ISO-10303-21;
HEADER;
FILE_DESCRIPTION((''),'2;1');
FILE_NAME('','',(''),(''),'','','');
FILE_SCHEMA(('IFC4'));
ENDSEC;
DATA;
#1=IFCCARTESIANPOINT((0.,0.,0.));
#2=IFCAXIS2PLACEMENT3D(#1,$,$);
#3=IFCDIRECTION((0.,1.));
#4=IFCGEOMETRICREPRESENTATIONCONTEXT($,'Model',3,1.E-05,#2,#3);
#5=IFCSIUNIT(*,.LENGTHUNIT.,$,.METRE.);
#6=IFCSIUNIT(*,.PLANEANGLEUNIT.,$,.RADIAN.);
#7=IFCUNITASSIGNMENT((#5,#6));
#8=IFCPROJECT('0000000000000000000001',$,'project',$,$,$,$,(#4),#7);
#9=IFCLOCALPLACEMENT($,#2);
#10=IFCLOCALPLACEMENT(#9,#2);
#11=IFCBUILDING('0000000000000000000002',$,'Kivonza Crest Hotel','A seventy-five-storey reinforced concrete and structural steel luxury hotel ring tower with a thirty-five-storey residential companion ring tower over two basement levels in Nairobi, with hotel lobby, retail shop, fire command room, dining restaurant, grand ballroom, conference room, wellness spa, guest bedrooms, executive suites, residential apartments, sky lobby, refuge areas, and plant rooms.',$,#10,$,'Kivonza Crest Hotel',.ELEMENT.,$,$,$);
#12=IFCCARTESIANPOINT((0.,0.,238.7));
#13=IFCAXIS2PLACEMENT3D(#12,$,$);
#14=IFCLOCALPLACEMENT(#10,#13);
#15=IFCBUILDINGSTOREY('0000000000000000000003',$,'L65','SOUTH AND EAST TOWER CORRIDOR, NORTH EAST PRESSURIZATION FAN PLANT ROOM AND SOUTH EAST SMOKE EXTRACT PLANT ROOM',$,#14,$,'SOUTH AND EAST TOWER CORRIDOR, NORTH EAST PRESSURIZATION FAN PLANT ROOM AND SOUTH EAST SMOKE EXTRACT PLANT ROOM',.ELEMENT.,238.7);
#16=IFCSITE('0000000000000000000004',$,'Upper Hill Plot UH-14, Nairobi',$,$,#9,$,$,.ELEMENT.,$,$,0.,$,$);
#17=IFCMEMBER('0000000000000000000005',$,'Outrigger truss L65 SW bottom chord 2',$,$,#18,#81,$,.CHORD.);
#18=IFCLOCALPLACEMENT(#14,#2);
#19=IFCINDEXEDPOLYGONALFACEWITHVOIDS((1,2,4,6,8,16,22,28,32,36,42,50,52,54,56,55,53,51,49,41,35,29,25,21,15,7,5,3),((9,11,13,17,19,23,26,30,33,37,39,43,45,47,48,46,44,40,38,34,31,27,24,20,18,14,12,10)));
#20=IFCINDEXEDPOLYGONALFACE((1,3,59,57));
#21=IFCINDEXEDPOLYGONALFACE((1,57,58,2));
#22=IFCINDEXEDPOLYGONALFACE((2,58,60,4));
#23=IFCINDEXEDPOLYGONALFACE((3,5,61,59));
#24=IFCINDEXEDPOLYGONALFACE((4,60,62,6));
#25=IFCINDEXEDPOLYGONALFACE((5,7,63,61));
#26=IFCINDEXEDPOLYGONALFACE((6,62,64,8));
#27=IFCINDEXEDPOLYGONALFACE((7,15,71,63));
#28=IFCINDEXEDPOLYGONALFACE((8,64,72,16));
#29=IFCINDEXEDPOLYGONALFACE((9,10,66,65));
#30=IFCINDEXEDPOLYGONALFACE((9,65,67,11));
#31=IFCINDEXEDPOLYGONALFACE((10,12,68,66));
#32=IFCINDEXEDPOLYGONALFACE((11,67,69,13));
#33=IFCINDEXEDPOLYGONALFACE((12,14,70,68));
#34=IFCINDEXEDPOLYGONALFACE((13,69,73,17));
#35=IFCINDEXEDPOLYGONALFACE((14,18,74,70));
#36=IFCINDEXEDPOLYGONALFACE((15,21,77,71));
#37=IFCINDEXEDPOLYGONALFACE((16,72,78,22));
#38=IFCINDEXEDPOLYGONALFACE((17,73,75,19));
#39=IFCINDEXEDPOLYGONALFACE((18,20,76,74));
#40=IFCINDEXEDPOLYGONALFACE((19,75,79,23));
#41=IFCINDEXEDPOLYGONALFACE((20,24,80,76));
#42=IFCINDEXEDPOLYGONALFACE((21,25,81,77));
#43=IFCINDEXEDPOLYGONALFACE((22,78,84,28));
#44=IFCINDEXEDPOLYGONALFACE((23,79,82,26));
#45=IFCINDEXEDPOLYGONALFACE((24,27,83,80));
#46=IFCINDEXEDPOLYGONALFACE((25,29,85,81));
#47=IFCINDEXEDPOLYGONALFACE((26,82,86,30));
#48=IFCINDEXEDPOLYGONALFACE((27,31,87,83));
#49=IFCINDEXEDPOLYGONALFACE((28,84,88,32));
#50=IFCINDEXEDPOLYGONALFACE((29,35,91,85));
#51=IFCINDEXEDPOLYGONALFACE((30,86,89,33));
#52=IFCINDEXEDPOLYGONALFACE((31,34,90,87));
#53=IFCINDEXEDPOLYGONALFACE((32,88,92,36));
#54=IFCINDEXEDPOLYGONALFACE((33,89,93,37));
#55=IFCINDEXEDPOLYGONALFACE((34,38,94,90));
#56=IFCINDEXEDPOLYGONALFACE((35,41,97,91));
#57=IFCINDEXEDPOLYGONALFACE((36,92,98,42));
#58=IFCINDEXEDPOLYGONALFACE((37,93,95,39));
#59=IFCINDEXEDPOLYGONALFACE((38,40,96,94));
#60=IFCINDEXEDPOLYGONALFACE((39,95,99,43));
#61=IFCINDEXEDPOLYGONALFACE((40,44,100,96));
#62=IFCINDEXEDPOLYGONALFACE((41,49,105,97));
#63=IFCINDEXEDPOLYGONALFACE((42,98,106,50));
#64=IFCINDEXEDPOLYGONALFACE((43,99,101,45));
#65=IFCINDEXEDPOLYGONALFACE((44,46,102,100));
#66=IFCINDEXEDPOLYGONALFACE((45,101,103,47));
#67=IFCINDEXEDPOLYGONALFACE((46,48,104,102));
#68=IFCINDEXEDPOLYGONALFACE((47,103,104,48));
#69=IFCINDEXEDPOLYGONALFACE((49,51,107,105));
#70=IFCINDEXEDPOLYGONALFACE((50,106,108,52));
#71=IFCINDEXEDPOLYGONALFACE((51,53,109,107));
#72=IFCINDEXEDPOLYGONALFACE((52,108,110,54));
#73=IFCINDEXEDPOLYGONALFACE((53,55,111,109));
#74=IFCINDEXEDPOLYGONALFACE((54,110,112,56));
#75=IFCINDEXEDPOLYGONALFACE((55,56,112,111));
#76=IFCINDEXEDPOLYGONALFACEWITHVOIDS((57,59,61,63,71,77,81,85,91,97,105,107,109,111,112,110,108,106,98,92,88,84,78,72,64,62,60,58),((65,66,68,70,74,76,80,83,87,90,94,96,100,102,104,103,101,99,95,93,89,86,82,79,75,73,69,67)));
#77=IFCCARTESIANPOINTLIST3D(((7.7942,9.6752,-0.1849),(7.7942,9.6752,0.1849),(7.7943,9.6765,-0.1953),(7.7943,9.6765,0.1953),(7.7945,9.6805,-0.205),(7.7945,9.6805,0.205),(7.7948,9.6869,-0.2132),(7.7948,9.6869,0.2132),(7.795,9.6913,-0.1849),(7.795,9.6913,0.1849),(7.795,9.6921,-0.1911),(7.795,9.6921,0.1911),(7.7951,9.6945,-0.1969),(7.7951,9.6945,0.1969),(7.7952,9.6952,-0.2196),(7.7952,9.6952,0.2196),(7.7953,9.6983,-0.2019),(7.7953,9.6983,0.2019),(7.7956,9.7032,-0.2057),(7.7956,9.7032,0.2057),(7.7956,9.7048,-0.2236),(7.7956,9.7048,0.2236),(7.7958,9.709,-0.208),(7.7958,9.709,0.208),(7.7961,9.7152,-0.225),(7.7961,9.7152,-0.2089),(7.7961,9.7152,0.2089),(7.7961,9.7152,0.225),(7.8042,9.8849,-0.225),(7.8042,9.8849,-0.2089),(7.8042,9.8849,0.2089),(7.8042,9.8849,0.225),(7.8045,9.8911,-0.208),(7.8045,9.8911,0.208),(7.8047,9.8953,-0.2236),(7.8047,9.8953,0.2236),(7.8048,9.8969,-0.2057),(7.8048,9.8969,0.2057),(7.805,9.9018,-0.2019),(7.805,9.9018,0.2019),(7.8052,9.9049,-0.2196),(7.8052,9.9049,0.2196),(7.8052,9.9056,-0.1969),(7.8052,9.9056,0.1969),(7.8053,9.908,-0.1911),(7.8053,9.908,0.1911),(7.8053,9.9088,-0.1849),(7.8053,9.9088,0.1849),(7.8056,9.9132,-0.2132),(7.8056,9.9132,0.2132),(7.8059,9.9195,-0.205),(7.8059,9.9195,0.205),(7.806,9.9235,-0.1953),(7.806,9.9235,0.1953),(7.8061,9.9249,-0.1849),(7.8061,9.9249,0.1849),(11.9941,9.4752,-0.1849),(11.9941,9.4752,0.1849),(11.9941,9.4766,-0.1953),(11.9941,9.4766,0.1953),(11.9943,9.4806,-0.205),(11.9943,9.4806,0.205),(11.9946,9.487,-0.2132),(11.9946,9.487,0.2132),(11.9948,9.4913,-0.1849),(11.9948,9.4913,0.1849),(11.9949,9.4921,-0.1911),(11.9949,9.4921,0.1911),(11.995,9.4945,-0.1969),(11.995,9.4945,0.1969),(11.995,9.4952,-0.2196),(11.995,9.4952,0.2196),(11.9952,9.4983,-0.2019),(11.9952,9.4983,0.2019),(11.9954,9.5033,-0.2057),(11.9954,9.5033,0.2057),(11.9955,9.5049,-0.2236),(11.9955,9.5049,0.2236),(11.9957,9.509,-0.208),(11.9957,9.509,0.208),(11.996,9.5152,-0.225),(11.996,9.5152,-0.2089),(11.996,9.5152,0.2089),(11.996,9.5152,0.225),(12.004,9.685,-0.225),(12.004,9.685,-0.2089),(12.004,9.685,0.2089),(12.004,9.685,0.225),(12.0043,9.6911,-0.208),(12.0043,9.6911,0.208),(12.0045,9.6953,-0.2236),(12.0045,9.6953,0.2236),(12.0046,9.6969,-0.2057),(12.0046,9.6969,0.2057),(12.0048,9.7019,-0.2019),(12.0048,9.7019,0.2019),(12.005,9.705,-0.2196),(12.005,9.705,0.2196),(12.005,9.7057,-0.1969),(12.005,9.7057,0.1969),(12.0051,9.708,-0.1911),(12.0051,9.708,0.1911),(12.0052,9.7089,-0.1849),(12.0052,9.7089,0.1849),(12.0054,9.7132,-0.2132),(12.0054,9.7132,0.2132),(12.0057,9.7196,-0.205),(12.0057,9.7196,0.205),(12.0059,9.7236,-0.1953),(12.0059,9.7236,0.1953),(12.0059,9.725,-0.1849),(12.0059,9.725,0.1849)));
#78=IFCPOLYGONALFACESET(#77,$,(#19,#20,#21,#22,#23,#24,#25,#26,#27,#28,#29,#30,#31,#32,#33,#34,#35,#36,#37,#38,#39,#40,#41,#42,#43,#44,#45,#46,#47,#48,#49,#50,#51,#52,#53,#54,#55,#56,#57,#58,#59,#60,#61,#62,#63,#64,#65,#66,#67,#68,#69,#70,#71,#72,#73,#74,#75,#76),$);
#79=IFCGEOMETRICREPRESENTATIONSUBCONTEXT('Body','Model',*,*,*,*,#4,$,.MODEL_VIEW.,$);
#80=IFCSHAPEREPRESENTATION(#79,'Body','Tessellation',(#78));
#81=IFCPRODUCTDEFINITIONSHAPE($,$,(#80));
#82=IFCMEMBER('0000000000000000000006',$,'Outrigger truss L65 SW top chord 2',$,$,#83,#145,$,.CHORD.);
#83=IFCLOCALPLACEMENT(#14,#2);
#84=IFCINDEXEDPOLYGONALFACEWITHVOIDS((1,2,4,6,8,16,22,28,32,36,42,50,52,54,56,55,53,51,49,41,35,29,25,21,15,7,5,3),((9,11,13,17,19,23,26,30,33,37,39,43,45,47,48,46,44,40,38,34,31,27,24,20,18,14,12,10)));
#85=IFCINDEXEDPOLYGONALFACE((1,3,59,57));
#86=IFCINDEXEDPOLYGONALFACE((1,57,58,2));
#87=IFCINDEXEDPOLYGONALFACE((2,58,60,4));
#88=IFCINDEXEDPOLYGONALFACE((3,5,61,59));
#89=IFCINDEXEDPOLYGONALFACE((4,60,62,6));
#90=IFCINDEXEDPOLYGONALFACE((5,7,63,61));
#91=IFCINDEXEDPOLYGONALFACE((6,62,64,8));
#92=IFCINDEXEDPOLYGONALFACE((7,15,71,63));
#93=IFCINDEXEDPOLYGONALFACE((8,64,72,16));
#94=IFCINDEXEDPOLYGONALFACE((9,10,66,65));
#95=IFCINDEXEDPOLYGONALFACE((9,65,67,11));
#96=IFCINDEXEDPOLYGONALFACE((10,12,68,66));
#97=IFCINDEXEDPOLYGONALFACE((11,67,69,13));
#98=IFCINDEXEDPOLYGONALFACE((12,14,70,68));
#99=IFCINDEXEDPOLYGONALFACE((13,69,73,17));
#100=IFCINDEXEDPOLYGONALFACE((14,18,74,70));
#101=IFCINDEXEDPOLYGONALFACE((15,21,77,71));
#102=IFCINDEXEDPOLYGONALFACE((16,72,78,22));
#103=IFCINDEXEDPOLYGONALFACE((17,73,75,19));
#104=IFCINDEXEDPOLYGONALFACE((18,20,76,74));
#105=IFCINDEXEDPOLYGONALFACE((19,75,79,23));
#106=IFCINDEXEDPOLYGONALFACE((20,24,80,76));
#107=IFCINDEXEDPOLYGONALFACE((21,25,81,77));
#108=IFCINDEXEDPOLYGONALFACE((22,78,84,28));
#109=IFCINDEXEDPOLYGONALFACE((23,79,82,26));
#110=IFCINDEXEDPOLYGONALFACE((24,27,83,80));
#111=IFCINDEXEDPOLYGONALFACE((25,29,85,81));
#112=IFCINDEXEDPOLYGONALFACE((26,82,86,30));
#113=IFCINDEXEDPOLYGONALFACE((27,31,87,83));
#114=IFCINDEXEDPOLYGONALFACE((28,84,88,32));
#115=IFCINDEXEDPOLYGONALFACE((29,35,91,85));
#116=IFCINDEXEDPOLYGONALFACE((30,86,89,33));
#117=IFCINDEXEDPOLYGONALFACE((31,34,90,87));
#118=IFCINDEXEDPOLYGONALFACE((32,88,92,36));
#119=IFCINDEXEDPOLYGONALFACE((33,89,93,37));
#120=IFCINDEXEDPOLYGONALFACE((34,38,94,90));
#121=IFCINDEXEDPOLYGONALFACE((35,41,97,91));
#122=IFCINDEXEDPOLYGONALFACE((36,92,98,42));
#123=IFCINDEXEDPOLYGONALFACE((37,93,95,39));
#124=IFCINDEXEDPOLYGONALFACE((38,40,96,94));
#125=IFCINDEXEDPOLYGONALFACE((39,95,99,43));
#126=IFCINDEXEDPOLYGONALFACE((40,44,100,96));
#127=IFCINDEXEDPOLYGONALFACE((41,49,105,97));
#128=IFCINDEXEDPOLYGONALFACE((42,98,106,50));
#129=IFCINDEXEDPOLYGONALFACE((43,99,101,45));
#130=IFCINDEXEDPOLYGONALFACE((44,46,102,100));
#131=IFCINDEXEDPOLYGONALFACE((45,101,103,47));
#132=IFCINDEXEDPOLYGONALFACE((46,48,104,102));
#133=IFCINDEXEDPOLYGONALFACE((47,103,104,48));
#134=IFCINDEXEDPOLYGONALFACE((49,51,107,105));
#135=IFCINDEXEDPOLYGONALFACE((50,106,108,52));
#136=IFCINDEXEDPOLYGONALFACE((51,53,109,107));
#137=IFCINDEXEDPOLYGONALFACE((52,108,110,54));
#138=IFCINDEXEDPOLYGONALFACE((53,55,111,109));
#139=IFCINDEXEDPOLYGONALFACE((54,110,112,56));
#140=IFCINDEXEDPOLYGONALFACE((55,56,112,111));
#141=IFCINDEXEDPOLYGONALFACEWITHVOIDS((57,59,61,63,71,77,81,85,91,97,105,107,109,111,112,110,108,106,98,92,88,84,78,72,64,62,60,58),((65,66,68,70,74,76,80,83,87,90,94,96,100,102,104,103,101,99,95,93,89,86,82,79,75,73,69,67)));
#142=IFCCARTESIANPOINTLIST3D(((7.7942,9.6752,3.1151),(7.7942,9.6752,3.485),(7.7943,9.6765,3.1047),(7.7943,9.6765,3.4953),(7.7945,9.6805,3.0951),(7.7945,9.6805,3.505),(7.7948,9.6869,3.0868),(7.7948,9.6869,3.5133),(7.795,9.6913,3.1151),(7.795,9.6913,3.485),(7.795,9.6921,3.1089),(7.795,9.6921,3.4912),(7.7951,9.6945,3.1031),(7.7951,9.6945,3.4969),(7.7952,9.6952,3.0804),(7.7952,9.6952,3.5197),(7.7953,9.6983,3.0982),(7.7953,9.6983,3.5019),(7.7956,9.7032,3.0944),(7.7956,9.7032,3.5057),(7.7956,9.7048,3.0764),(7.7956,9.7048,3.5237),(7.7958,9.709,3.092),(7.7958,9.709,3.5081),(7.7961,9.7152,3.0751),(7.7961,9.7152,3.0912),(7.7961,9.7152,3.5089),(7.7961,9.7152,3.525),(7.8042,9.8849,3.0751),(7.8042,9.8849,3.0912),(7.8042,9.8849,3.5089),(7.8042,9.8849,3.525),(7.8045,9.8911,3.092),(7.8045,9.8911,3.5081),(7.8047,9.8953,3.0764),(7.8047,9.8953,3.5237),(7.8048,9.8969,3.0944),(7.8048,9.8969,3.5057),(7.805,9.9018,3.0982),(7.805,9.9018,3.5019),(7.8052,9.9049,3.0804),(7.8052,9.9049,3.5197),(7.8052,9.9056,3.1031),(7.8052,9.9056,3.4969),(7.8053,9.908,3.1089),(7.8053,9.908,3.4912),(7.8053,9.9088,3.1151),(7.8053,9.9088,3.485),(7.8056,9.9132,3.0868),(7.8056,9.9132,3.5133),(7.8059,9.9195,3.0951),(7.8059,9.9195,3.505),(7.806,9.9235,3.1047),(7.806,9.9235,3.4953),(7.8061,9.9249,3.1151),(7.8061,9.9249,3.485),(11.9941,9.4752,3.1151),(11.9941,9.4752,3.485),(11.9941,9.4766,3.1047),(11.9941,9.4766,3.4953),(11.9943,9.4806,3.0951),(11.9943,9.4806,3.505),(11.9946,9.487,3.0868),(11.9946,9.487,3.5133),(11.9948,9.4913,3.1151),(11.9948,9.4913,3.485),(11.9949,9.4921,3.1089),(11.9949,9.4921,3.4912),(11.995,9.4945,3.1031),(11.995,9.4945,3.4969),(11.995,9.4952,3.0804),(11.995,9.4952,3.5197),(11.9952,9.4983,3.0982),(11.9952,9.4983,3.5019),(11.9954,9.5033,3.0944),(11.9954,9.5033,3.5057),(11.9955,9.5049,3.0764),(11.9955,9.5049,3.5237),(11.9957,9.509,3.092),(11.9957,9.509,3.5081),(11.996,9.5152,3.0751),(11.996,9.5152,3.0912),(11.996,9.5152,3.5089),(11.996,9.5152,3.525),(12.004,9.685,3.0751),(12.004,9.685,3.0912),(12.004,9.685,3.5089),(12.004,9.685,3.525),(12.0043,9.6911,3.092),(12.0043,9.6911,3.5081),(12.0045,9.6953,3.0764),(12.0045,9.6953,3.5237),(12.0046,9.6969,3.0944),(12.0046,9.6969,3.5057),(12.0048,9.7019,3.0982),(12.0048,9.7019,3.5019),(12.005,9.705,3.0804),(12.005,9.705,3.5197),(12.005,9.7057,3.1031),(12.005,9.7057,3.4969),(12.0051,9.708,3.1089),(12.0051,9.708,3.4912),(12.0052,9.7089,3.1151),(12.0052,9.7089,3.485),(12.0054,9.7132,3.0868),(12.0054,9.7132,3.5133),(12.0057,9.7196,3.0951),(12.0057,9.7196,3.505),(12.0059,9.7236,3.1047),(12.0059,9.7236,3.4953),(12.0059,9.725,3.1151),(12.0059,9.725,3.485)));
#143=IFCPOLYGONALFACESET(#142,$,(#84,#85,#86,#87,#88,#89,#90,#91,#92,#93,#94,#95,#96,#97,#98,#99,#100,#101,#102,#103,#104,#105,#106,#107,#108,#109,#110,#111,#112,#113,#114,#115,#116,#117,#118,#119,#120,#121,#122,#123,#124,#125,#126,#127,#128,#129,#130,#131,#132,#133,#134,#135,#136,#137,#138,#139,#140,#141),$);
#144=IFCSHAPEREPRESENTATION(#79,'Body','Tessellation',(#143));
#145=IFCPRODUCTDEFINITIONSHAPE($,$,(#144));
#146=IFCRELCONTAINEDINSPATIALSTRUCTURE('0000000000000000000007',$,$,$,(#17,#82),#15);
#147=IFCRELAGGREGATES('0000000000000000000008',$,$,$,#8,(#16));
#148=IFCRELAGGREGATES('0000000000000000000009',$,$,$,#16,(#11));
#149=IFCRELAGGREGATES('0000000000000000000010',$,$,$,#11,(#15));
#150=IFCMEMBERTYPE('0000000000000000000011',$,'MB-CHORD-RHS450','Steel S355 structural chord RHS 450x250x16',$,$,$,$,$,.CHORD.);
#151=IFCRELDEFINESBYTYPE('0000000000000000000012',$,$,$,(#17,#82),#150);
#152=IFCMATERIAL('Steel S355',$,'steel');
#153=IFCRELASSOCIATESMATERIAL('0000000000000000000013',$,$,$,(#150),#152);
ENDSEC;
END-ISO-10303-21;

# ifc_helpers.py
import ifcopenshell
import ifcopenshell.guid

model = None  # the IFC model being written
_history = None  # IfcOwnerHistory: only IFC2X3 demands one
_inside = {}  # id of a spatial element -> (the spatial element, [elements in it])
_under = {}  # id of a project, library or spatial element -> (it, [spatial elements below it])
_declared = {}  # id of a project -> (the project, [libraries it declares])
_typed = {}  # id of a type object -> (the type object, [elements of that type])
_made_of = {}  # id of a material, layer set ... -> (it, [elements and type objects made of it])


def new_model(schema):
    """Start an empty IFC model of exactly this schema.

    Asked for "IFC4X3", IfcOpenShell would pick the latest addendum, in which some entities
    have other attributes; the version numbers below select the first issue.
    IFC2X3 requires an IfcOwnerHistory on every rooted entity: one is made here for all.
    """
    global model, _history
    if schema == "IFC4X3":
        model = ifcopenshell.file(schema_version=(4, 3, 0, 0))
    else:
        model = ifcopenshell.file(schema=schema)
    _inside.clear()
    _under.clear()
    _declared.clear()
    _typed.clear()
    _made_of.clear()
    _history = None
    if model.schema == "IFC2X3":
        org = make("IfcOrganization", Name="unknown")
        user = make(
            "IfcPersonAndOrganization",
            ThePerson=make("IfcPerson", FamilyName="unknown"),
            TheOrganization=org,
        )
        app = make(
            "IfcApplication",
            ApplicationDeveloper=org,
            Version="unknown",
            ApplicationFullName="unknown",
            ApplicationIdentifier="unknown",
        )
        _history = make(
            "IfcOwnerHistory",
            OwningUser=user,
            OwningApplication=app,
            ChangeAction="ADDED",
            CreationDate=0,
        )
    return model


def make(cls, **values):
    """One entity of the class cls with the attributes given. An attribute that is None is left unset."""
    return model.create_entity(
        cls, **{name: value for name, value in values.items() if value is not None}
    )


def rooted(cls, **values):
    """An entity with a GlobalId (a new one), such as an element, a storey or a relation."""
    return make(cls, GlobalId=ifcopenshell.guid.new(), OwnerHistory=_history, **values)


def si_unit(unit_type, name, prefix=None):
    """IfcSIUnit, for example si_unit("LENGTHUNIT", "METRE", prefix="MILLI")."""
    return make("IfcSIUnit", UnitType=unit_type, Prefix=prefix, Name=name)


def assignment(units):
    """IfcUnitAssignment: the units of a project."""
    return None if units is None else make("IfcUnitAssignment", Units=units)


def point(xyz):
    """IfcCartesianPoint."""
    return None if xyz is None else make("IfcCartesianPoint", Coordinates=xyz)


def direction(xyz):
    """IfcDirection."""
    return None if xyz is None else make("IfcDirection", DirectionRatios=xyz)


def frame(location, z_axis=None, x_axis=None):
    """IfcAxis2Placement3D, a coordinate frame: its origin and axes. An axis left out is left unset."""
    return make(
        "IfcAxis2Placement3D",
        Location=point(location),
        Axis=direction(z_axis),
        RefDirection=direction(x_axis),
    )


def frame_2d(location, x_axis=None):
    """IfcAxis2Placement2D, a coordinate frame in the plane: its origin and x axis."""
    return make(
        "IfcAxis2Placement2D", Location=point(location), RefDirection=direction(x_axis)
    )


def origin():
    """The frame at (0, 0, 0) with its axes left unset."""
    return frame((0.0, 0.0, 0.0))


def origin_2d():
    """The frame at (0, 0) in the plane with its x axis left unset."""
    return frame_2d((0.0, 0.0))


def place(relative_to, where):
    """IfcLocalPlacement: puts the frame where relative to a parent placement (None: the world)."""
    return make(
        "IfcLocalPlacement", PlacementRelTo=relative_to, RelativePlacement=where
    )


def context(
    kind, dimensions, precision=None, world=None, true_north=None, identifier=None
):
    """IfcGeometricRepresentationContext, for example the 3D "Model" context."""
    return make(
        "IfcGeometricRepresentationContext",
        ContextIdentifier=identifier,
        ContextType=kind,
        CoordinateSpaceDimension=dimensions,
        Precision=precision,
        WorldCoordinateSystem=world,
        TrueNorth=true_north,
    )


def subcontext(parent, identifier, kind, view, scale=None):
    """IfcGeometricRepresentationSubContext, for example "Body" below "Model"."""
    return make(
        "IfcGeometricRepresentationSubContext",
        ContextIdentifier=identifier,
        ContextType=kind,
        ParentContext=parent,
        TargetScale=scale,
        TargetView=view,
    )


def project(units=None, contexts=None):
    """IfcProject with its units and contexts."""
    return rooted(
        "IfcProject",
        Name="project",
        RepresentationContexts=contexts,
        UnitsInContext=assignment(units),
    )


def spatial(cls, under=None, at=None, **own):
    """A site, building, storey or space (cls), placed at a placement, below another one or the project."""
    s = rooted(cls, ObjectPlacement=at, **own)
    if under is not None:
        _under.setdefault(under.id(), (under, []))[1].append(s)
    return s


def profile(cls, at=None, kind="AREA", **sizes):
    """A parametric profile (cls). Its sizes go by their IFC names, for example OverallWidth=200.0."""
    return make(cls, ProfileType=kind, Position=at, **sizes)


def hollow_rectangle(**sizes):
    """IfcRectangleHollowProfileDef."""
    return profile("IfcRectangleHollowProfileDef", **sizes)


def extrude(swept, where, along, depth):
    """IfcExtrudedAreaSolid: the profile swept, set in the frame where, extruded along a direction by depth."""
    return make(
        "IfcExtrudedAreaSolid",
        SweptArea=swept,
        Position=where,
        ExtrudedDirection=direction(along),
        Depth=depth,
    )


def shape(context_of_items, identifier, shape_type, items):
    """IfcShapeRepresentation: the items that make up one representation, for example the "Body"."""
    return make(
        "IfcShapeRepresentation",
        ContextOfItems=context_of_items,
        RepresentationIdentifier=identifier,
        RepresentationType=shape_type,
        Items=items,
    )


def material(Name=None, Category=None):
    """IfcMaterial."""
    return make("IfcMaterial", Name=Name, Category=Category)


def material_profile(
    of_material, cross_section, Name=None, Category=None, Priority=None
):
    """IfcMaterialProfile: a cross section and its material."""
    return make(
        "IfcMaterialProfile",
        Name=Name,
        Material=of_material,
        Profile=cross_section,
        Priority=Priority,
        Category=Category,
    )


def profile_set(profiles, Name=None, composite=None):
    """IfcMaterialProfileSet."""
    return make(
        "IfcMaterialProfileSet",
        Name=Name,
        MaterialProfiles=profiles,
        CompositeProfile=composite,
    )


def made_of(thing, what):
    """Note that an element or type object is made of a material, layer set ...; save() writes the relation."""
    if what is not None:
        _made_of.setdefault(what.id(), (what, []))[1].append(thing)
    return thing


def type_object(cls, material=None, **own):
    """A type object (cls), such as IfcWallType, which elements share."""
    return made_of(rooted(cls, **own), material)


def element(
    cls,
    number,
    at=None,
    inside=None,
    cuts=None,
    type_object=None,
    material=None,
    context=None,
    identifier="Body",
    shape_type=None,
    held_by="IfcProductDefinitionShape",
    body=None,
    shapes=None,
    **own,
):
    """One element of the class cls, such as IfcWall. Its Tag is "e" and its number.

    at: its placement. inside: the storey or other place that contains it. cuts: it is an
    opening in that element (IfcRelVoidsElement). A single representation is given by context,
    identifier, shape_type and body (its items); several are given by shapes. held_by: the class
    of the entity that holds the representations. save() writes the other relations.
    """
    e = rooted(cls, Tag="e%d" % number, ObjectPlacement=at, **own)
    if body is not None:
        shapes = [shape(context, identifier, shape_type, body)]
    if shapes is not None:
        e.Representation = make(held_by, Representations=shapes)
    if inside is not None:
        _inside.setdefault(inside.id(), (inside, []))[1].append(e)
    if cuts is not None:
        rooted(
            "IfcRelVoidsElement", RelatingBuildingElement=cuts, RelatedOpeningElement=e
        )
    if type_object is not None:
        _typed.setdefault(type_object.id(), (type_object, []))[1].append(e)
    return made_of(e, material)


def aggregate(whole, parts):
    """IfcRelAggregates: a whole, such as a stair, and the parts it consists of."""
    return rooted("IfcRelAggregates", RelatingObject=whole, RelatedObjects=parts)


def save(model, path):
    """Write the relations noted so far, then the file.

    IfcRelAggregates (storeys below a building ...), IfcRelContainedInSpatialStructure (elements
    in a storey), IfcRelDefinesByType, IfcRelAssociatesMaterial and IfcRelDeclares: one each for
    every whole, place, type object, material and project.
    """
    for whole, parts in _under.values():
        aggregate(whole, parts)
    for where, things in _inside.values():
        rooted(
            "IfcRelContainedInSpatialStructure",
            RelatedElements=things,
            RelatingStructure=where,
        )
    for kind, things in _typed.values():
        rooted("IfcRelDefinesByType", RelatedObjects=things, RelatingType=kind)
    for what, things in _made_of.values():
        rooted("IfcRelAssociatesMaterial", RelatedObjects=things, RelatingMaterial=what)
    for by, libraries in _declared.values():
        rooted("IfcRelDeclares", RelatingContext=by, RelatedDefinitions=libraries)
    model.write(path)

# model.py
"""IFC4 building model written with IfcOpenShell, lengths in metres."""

from ifc_helpers import new_model, si_unit, direction, frame, origin, origin_2d, place, context, subcontext, project, spatial, hollow_rectangle, extrude, material, material_profile, profile_set, type_object, element, save


model = new_model("IFC4")

# Units and contexts
model_context = context("Model", 3, precision=1e-05, world=origin(), true_north=direction((0.0, 1.0)))
body_context = subcontext(model_context, "Body", "Model", "MODEL_VIEW")
ifc_project = project(units=[si_unit("LENGTHUNIT", "METRE"), si_unit("PLANEANGLEUNIT", "RADIAN")], contexts=[model_context])

# Site, building, storey
site_placement = place(None, origin())
site = spatial("IfcSite", under=ifc_project, at=site_placement, Name="Upper Hill Plot UH-14, Nairobi", CompositionType="ELEMENT", RefElevation=0.0)
building_placement = place(site_placement, origin())
building = spatial("IfcBuilding", under=site, at=building_placement, Name="Kivonza Crest Hotel", Description="A seventy-five-storey reinforced concrete and structural steel luxury hotel ring tower with a thirty-five-storey residential companion ring tower over two basement levels in Nairobi, with hotel lobby, retail shop, fire command room, dining restaurant, grand ballroom, conference room, wellness spa, guest bedrooms, executive suites, residential apartments, sky lobby, refuge areas, and plant rooms.", LongName="Kivonza Crest Hotel", CompositionType="ELEMENT")
storey_placement = place(building_placement, frame((0.0, 0.0, 238.7)))
storey = spatial("IfcBuildingStorey", under=building, at=storey_placement, Name="L65", Description="SOUTH AND EAST TOWER CORRIDOR, NORTH EAST PRESSURIZATION FAN PLANT ROOM AND SOUTH EAST SMOKE EXTRACT PLANT ROOM", LongName="SOUTH AND EAST TOWER CORRIDOR, NORTH EAST PRESSURIZATION FAN PLANT ROOM AND SOUTH EAST SMOKE EXTRACT PLANT ROOM", CompositionType="ELEMENT", Elevation=238.7)

# Shared definitions
ifc_material_1 = material(Name="Steel S355", Category="steel")

# Members
ifc_material_profile_1 = material_profile(ifc_material_1, hollow_rectangle(XDim=0.25, YDim=0.45, WallThickness=0.0161, InnerFilletRadius=0.0239, OuterFilletRadius=0.04, at=origin_2d()), Name="RHS 450x250x16")
ifc_profile_set_1 = profile_set([ifc_material_profile_1], Name="Steel S355")
member_type_1 = type_object("IfcMemberType", Name="MB-CHORD-RHS450", Description="Steel S355 structural chord RHS 450x250x16", PredefinedType="CHORD", material=ifc_profile_set_1)
for number, where, z_axis, x_axis, name in (
    (1, (12.0, 9.6001, 0.0), (-0.998869, 0.047554, 0.0), (-0.047554, -0.998869, 0.0), "Outrigger truss L65 SW bottom chord 2"),
    (2, (12.0, 9.6001, 3.3), (-0.998869, 0.047554, 0.0), (-0.047554, -0.998869, 0.0), "Outrigger truss L65 SW top chord 2"),
):
    element("IfcMember", number, at=place(storey_placement, frame(where, z_axis=z_axis, x_axis=x_axis)), inside=storey, type_object=member_type_1, Name=name, PredefinedType="CHORD", context=body_context, shape_type="SweptSolid", body=[
        extrude(hollow_rectangle(XDim=0.25, YDim=0.45, WallThickness=0.0161, InnerFilletRadius=0.0239, OuterFilletRadius=0.04, at=origin_2d()), origin(), (0.0, 0.0, 1.0), 4.2046),
    ])

save(model, "model.ifc")
